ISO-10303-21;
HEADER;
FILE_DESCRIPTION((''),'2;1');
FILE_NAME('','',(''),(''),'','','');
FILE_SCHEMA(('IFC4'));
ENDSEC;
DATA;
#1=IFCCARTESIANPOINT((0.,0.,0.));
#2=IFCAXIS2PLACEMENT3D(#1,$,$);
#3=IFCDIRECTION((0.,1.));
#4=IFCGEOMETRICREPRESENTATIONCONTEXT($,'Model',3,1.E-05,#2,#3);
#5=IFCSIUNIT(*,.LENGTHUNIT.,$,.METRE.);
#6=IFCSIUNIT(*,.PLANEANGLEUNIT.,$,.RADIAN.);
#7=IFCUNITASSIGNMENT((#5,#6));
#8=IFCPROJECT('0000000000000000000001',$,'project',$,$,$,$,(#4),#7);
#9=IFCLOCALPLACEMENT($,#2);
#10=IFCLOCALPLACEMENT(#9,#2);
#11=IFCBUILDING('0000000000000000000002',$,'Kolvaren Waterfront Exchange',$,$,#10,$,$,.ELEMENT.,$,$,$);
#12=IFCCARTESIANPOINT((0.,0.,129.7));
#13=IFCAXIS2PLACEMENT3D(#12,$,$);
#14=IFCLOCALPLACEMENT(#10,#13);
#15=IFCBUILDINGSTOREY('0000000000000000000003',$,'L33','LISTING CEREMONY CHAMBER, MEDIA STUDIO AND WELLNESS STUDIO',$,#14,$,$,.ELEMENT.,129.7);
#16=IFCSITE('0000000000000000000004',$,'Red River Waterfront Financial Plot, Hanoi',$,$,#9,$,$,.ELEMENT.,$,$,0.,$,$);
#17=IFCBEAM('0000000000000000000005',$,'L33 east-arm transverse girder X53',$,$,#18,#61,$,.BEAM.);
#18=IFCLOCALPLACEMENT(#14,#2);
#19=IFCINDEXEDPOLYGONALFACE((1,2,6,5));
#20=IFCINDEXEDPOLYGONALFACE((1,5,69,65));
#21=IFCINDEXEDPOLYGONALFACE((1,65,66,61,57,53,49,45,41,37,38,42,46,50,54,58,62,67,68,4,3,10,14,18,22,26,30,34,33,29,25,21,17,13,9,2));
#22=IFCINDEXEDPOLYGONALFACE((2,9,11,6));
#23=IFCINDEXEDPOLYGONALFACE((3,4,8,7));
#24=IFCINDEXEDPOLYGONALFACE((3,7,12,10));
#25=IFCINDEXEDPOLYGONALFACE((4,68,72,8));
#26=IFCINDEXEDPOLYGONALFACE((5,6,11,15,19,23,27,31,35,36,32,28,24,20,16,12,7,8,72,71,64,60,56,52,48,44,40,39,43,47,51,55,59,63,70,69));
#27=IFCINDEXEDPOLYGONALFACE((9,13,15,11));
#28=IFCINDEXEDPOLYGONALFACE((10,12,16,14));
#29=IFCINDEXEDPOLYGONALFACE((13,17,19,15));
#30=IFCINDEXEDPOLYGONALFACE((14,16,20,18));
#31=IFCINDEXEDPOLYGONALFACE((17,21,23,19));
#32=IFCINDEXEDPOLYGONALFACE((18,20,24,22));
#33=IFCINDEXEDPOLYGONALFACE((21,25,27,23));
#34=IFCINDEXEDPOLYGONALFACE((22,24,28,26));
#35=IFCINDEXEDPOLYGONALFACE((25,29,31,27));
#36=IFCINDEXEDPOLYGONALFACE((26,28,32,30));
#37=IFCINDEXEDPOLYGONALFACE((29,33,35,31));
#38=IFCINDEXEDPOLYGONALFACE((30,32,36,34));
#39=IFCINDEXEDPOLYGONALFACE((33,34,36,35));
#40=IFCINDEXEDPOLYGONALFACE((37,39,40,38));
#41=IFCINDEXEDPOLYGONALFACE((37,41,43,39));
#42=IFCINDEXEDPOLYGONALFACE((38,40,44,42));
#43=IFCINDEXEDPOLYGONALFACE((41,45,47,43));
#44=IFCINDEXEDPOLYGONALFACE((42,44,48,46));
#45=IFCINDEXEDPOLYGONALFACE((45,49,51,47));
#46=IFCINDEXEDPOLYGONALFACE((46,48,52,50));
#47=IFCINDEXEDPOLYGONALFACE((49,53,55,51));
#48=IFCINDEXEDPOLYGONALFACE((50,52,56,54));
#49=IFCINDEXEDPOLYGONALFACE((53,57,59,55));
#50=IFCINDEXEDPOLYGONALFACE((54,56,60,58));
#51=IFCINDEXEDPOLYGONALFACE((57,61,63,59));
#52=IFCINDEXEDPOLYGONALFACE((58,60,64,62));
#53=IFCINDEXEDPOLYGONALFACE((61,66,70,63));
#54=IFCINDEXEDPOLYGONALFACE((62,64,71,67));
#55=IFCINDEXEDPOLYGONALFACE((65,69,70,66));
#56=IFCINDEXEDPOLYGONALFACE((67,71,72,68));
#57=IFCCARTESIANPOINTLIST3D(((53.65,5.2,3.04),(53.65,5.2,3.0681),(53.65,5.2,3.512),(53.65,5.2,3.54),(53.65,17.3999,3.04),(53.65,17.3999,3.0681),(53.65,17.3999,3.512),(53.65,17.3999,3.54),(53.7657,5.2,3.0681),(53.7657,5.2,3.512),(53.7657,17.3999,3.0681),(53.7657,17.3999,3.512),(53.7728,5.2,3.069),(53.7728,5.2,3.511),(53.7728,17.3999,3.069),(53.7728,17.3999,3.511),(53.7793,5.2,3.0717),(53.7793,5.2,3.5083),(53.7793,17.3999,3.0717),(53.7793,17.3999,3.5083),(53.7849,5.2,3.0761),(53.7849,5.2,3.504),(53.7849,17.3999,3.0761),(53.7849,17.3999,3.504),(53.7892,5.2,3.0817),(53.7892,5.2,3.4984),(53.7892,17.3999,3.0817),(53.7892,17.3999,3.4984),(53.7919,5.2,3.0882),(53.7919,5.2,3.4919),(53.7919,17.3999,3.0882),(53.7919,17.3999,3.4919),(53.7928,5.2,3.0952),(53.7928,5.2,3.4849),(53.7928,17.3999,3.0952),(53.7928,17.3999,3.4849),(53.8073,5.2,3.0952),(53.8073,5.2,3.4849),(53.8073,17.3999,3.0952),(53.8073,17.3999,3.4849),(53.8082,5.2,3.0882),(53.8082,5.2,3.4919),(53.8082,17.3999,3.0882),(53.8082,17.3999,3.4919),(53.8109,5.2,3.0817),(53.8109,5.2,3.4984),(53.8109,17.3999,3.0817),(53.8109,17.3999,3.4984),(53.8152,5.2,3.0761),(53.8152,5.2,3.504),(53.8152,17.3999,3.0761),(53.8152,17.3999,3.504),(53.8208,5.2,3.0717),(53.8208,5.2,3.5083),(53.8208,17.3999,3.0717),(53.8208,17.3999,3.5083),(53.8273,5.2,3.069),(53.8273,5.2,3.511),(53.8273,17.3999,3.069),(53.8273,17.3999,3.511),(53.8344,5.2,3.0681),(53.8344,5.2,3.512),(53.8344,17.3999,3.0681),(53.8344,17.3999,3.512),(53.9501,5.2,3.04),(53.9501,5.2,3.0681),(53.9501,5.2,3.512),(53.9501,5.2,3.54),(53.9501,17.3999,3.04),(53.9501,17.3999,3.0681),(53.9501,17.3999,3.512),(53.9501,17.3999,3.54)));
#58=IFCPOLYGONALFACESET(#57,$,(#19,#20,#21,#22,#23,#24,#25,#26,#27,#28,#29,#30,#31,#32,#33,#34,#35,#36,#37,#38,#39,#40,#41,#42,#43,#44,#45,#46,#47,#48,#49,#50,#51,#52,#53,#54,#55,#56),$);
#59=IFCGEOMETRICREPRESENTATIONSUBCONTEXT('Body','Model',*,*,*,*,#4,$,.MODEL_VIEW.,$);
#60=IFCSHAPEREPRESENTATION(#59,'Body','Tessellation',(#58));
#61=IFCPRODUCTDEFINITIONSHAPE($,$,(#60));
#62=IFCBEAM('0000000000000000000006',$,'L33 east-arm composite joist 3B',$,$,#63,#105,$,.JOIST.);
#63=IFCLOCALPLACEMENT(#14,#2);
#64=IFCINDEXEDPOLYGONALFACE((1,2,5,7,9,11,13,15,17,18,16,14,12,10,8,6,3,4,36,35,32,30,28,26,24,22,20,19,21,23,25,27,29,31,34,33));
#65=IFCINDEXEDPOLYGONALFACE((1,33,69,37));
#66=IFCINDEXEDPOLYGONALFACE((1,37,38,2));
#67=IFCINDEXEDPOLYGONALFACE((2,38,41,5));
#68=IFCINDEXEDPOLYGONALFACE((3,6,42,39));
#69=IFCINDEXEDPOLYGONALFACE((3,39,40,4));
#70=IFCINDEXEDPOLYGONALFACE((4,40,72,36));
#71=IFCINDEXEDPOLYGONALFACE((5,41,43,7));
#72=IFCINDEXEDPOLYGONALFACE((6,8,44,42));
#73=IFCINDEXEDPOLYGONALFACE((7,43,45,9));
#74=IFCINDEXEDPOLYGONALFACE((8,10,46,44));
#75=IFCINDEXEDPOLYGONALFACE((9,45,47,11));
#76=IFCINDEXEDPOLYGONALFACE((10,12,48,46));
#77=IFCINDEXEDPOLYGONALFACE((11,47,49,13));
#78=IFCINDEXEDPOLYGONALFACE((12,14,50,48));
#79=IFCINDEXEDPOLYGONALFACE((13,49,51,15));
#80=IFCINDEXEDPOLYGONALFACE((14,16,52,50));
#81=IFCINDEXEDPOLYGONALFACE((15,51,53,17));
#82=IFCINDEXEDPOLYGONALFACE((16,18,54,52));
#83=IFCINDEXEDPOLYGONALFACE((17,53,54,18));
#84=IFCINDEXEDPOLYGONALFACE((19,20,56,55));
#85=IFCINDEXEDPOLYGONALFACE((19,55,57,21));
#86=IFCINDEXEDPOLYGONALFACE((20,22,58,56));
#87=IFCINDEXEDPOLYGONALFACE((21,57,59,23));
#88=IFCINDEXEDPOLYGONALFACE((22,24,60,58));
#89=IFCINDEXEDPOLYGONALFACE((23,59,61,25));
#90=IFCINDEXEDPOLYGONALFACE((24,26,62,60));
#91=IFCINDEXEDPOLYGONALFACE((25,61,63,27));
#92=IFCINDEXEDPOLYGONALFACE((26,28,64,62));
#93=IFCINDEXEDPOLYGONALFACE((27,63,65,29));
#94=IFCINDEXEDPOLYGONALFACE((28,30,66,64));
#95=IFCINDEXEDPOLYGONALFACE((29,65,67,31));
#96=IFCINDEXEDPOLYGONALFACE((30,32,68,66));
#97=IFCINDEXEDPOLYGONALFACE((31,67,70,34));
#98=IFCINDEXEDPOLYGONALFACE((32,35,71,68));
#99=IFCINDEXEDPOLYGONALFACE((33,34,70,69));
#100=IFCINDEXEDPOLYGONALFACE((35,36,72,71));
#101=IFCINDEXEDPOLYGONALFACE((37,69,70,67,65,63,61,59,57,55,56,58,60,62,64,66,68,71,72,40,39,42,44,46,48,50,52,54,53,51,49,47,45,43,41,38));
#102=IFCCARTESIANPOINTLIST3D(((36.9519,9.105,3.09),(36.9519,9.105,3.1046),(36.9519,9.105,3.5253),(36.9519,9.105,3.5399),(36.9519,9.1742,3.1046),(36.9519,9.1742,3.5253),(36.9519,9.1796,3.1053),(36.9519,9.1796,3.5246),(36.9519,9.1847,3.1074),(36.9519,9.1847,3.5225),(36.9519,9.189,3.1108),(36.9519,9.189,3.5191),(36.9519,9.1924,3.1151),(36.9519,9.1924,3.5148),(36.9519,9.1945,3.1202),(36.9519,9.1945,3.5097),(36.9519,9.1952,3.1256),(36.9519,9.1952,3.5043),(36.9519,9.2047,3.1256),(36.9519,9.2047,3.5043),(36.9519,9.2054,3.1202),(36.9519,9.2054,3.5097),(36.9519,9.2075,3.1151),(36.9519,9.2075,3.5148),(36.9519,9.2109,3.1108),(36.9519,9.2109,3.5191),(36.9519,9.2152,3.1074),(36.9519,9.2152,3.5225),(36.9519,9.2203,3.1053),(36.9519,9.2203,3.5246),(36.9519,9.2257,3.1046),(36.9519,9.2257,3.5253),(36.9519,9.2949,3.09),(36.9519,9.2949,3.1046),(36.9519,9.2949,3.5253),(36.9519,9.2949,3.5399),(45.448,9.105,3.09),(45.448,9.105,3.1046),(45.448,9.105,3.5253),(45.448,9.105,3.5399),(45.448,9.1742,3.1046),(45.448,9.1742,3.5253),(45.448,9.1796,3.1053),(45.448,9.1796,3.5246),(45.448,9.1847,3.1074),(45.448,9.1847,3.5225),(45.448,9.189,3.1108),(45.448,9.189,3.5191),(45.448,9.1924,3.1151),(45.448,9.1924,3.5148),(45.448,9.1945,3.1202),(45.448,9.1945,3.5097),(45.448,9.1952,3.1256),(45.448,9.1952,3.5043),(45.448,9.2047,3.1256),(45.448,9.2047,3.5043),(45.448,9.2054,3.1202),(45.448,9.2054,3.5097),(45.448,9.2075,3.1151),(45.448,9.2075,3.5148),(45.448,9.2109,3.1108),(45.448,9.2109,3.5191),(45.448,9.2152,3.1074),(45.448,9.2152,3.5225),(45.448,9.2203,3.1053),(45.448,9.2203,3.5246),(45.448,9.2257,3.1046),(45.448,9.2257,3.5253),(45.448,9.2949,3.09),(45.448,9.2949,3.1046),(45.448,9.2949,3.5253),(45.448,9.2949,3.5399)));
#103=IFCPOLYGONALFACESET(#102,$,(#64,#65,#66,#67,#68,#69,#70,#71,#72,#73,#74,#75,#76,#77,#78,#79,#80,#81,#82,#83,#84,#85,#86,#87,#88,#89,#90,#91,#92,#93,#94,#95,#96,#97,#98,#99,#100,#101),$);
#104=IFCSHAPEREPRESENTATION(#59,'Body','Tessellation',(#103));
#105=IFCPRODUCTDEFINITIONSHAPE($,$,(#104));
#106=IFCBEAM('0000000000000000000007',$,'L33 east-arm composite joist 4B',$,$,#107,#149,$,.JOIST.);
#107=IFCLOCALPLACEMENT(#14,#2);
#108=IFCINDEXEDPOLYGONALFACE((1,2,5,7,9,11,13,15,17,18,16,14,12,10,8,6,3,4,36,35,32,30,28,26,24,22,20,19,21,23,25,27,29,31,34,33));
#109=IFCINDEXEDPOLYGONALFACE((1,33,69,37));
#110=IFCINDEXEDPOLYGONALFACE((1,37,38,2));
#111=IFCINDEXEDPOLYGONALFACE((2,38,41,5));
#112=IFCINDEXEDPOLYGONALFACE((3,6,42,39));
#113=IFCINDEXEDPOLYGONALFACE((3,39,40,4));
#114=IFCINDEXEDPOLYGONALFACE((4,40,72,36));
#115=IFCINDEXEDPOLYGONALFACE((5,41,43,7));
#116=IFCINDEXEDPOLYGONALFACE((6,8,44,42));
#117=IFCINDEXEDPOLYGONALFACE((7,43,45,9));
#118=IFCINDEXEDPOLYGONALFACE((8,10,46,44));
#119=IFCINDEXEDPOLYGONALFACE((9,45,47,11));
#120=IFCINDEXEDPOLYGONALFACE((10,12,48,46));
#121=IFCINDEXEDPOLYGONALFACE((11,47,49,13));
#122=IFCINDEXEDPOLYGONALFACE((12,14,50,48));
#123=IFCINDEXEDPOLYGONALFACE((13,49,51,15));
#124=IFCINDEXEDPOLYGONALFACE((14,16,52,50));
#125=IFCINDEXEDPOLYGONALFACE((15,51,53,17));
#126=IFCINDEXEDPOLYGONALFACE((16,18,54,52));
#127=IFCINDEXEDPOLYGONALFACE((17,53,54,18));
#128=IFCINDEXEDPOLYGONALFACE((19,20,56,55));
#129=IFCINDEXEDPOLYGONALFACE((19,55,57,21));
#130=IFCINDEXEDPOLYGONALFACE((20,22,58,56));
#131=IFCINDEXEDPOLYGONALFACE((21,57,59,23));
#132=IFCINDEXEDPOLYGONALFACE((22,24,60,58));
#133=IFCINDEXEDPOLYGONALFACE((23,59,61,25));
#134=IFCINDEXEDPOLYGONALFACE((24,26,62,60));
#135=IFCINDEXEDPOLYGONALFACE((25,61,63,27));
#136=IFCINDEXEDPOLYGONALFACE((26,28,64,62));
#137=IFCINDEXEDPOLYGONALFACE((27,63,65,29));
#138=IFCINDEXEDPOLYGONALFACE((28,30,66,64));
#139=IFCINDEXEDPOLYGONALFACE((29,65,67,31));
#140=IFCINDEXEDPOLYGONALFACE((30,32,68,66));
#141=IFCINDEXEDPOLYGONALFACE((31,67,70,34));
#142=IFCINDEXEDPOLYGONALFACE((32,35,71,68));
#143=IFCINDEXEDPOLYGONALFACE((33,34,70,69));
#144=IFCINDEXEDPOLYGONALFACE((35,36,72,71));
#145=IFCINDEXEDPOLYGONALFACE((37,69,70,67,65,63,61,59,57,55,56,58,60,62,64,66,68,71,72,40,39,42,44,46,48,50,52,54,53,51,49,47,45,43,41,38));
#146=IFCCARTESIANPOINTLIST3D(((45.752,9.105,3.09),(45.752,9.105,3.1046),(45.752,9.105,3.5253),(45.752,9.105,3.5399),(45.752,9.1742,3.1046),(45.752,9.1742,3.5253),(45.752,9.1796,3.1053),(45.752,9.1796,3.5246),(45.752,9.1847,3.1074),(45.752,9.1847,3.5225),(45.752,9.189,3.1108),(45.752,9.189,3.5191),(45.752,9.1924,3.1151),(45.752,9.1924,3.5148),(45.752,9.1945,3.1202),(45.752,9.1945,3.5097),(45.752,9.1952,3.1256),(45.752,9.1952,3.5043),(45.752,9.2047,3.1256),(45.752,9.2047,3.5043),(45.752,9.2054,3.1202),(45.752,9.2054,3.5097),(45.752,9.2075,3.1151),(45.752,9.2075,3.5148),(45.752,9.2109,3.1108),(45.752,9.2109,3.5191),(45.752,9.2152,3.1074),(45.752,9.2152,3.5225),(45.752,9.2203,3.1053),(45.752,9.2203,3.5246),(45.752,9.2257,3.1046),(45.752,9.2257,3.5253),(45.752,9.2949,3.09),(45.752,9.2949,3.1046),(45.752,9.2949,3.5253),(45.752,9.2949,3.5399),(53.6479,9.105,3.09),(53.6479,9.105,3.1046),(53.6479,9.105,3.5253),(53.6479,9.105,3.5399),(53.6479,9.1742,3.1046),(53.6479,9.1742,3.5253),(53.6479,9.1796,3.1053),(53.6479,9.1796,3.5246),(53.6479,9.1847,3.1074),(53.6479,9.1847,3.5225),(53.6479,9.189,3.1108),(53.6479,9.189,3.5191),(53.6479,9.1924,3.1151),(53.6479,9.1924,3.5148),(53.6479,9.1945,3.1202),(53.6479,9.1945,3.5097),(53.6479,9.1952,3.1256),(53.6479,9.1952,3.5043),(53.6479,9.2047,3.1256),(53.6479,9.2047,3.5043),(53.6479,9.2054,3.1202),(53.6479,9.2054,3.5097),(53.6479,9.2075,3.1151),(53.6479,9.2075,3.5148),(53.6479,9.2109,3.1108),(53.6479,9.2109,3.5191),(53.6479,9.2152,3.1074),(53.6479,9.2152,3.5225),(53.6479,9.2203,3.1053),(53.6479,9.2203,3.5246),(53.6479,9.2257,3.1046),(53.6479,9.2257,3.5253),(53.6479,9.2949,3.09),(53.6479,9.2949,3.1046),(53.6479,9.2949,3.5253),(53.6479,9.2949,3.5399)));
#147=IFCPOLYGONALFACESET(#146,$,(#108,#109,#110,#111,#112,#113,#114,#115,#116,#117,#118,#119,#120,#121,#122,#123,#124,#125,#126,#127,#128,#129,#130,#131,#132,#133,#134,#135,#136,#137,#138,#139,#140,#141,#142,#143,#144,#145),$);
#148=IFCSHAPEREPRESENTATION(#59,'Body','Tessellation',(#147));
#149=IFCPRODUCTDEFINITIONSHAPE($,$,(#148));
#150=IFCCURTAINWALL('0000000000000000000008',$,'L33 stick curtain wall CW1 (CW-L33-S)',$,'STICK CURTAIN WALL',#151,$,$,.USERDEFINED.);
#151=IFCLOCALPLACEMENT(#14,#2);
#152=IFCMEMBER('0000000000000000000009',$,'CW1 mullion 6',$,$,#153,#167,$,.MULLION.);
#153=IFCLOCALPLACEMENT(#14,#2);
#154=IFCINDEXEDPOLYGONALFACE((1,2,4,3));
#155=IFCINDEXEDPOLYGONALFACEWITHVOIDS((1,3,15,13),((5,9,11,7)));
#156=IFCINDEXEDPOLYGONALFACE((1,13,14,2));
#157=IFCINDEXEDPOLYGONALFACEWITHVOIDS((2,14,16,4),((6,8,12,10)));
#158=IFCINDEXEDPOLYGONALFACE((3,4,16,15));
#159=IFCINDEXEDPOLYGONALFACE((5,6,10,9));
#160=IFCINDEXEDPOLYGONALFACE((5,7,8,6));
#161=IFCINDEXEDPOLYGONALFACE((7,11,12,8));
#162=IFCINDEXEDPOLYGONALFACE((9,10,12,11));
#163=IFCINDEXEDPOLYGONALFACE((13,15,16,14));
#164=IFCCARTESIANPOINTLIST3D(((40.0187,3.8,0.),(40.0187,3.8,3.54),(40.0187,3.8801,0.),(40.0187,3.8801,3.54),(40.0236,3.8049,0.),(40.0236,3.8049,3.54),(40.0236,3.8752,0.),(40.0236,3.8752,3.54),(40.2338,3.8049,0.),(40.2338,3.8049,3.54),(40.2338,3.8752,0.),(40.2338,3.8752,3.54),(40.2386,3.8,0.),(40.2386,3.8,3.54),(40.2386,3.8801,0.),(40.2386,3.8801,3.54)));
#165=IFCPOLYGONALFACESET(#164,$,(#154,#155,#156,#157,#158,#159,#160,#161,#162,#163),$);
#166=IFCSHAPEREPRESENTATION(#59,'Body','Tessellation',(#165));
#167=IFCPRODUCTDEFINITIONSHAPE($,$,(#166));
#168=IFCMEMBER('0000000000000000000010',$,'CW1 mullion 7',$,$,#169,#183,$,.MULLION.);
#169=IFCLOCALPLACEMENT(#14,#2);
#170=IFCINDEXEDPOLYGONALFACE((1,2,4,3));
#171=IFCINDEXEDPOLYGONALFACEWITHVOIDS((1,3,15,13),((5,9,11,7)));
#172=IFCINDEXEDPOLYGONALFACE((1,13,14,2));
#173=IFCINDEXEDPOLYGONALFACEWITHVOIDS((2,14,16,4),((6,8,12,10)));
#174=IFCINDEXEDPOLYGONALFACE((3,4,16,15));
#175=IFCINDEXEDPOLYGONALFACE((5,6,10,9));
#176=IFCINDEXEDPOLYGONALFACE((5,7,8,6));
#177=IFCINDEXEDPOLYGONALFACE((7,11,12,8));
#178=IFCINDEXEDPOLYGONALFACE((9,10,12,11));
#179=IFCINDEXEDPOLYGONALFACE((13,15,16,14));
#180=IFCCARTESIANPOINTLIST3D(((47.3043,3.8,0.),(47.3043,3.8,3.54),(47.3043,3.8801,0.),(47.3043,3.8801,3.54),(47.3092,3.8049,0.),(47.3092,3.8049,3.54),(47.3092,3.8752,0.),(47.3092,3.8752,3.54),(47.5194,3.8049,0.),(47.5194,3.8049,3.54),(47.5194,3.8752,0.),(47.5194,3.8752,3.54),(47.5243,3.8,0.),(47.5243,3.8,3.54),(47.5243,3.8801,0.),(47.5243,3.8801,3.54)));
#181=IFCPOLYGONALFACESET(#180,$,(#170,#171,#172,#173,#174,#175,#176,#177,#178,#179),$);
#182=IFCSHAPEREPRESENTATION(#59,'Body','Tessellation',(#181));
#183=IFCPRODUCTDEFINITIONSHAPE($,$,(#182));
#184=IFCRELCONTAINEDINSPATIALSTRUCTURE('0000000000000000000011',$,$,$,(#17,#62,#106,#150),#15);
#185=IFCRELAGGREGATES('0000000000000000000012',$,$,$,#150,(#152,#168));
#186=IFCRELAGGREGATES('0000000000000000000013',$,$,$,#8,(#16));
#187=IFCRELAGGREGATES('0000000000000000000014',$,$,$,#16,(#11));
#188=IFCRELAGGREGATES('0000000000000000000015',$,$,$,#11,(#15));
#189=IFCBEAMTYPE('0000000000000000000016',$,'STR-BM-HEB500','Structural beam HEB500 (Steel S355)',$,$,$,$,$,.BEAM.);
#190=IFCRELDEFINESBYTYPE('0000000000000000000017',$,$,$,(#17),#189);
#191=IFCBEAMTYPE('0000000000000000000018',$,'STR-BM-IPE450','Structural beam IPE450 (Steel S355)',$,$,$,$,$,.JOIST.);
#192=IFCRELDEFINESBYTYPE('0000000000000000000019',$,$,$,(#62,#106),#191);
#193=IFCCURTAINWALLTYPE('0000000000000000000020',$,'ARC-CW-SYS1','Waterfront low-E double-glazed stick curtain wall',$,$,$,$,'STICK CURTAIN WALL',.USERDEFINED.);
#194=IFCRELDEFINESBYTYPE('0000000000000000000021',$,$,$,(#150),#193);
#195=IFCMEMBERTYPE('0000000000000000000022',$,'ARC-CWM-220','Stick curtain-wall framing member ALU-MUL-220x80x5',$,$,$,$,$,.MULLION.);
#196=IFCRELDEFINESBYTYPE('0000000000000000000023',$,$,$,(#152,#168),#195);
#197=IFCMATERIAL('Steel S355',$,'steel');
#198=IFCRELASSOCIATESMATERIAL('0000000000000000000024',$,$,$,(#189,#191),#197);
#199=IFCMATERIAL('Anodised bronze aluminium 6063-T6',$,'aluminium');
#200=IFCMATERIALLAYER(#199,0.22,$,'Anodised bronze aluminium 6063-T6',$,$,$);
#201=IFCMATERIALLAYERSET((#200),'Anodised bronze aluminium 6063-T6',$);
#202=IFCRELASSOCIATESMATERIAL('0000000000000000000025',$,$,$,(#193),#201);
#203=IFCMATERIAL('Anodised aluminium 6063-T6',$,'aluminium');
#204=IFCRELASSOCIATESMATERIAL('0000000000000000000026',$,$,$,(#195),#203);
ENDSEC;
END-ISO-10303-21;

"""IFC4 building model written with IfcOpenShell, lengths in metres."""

from ifc_helpers import new_model, si_unit, direction, frame, origin, origin_with_axes, origin_2d, place, context, subcontext, project, spatial, hollow_rectangle, i_section, extrude, source, transform, mapped, material, layer, layer_set, material_profile, profile_set, type_object, element, aggregate, save


model = new_model("IFC4")

# Units and contexts
model_context = context("Model", 3, precision=1e-05, world=origin(), true_north=direction((0.0, 1.0)))
body_context = subcontext(model_context, "Body", "Model", "MODEL_VIEW")
ifc_project = project(units=[si_unit("LENGTHUNIT", "METRE"), si_unit("PLANEANGLEUNIT", "RADIAN")], contexts=[model_context])

# Site, building, storey
site_placement = place(None, origin())
site = spatial("IfcSite", under=ifc_project, at=site_placement, Name="Red River Waterfront Financial Plot, Hanoi", CompositionType="ELEMENT", RefElevation=0.0)
building_placement = place(site_placement, origin())
building = spatial("IfcBuilding", under=site, at=building_placement, Name="Kolvaren Waterfront Exchange", CompositionType="ELEMENT")
storey_placement = place(building_placement, frame((0.0, 0.0, 129.7)))
storey = spatial("IfcBuildingStorey", under=building, at=storey_placement, Name="L33", Description="LISTING CEREMONY CHAMBER, MEDIA STUDIO AND WELLNESS STUDIO", CompositionType="ELEMENT", Elevation=129.7)

# Beams
ifc_material_1 = material(Name="Steel S355", Category="steel")
ifc_material_profile_1 = material_profile(ifc_material_1, i_section(OverallWidth=0.3, OverallDepth=0.5, WebThickness=0.0144, FlangeThickness=0.0281, FilletRadius=0.0271, at=origin_2d()), Name="HEB500")
ifc_profile_set_1 = profile_set([ifc_material_profile_1], Name="Steel S355")
beam_type_1 = type_object("IfcBeamType", Name="STR-BM-HEB500", Description="Structural beam HEB500 (Steel S355)", PredefinedType="BEAM", material=ifc_profile_set_1)
for number, where, z_axis, x_axis, name in (
    (1, (53.8, 5.2, 3.29), (0.0, 1.0, 0.0), (-1.0, 0.0, 0.0), "L33 east-arm transverse girder X53"),
):
    element("IfcBeam", number, at=place(storey_placement, frame(where, z_axis=z_axis, x_axis=x_axis)), inside=storey, type_object=beam_type_1, Name=name, PredefinedType="BEAM", context=body_context, shape_type="SweptSolid", body=[
        extrude(i_section(OverallWidth=0.3, OverallDepth=0.5, WebThickness=0.0144, FlangeThickness=0.0281, FilletRadius=0.0271, at=origin_2d()), origin(), (0.0, 0.0, 1.0), 12.2),
    ])
ifc_material_profile_2 = material_profile(ifc_material_1, i_section(OverallWidth=0.1899, OverallDepth=0.45, WebThickness=0.0095, FlangeThickness=0.0146, FilletRadius=0.021, at=origin_2d()), Name="IPE450")
ifc_profile_set_2 = profile_set([ifc_material_profile_2], Name="Steel S355")
beam_type_2 = type_object("IfcBeamType", Name="STR-BM-IPE450", Description="Structural beam IPE450 (Steel S355)", PredefinedType="JOIST", material=ifc_profile_set_2)
beam_1_placement = place(storey_placement, frame((36.9519, 9.2, 3.3149), z_axis=(1.0, 0.0, 0.0), x_axis=(0.0, 1.0, 0.0)))
element("IfcBeam", 2, at=beam_1_placement, inside=storey, type_object=beam_type_2, Name="L33 east-arm composite joist 3B", PredefinedType="JOIST", context=body_context, shape_type="SweptSolid", body=[
    extrude(i_section(OverallWidth=0.1899, OverallDepth=0.45, WebThickness=0.0095, FlangeThickness=0.0146, FilletRadius=0.021, at=origin_2d()), origin(), (0.0, 0.0, 1.0), 8.4961),
])
beam_2_placement = place(storey_placement, frame((45.752, 9.2, 3.3149), z_axis=(1.0, 0.0, 0.0), x_axis=(0.0, 1.0, 0.0)))
element("IfcBeam", 3, at=beam_2_placement, inside=storey, type_object=beam_type_2, Name="L33 east-arm composite joist 4B", PredefinedType="JOIST", context=body_context, shape_type="SweptSolid", body=[
    extrude(i_section(OverallWidth=0.1899, OverallDepth=0.45, WebThickness=0.0095, FlangeThickness=0.0146, FilletRadius=0.021, at=origin_2d()), origin(), (0.0, 0.0, 1.0), 7.896),
])

# Curtain wall, members
ifc_material_2 = material(Name="Anodised bronze aluminium 6063-T6", Category="aluminium")
ifc_layer_1 = layer(ifc_material_2, 0.22, Name="Anodised bronze aluminium 6063-T6")
ifc_layer_set_1 = layer_set([ifc_layer_1], Name="Anodised bronze aluminium 6063-T6")
curtain_wall_type = type_object("IfcCurtainWallType", Name="ARC-CW-SYS1", Description="Waterfront low-E double-glazed stick curtain wall", ElementType="STICK CURTAIN WALL", PredefinedType="USERDEFINED", material=ifc_layer_set_1)
curtain_wall_placement = place(storey_placement, origin())
curtain_wall = element("IfcCurtainWall", 4, at=curtain_wall_placement, inside=storey, type_object=curtain_wall_type, Name="L33 stick curtain wall CW1 (CW-L33-S)", ObjectType="STICK CURTAIN WALL", PredefinedType="USERDEFINED")
ifc_material_3 = material(Name="Anodised aluminium 6063-T6", Category="aluminium")
ifc_material_profile_3 = material_profile(ifc_material_3, hollow_rectangle(XDim=0.0801, YDim=0.22, WallThickness=0.0049, at=origin_2d()), Name="ALU-MUL-220x80x5")
ifc_profile_set_3 = profile_set([ifc_material_profile_3], Name="Anodised aluminium 6063-T6")
member_type_1 = type_object("IfcMemberType", Name="ARC-CWM-220", Description="Stick curtain-wall framing member ALU-MUL-220x80x5", PredefinedType="MULLION", material=ifc_profile_set_3)
shared_shape_1 = source(origin_with_axes(), body_context, "Body", "SweptSolid", [
    extrude(hollow_rectangle(XDim=0.0801, YDim=0.22, WallThickness=0.0049, at=origin_2d()), origin(), (0.0, 0.0, 1.0), 3.54),
])
member_1_placement = place(storey_placement, frame((40.1287, 3.8401, 0.0), z_axis=(0.0, 0.0, 1.0), x_axis=(0.0, 1.0, 0.0)))
member_1 = element("IfcMember", 5, at=member_1_placement, type_object=member_type_1, Name="CW1 mullion 6", PredefinedType="MULLION", context=body_context, shape_type="MappedRepresentation", body=[
    mapped(shared_shape_1, transform((0.0, 0.0, 0.0), x_axis=(1.0, 0.0, 0.0), y_axis=(0.0, 1.0, 0.0), z_axis=(0.0, 0.0, 1.0), scale=1.0)),
])
member_2_placement = place(storey_placement, frame((47.4143, 3.8401, 0.0), z_axis=(0.0, 0.0, 1.0), x_axis=(0.0, 1.0, 0.0)))
member_2 = element("IfcMember", 6, at=member_2_placement, type_object=member_type_1, Name="CW1 mullion 7", PredefinedType="MULLION", context=body_context, shape_type="MappedRepresentation", body=[
    mapped(shared_shape_1, transform((0.0, 0.0, 0.0), x_axis=(1.0, 0.0, 0.0), y_axis=(0.0, 1.0, 0.0), z_axis=(0.0, 0.0, 1.0), scale=1.0)),
])
aggregate(curtain_wall, [member_1, member_2])

save(model, "model.ifc")
